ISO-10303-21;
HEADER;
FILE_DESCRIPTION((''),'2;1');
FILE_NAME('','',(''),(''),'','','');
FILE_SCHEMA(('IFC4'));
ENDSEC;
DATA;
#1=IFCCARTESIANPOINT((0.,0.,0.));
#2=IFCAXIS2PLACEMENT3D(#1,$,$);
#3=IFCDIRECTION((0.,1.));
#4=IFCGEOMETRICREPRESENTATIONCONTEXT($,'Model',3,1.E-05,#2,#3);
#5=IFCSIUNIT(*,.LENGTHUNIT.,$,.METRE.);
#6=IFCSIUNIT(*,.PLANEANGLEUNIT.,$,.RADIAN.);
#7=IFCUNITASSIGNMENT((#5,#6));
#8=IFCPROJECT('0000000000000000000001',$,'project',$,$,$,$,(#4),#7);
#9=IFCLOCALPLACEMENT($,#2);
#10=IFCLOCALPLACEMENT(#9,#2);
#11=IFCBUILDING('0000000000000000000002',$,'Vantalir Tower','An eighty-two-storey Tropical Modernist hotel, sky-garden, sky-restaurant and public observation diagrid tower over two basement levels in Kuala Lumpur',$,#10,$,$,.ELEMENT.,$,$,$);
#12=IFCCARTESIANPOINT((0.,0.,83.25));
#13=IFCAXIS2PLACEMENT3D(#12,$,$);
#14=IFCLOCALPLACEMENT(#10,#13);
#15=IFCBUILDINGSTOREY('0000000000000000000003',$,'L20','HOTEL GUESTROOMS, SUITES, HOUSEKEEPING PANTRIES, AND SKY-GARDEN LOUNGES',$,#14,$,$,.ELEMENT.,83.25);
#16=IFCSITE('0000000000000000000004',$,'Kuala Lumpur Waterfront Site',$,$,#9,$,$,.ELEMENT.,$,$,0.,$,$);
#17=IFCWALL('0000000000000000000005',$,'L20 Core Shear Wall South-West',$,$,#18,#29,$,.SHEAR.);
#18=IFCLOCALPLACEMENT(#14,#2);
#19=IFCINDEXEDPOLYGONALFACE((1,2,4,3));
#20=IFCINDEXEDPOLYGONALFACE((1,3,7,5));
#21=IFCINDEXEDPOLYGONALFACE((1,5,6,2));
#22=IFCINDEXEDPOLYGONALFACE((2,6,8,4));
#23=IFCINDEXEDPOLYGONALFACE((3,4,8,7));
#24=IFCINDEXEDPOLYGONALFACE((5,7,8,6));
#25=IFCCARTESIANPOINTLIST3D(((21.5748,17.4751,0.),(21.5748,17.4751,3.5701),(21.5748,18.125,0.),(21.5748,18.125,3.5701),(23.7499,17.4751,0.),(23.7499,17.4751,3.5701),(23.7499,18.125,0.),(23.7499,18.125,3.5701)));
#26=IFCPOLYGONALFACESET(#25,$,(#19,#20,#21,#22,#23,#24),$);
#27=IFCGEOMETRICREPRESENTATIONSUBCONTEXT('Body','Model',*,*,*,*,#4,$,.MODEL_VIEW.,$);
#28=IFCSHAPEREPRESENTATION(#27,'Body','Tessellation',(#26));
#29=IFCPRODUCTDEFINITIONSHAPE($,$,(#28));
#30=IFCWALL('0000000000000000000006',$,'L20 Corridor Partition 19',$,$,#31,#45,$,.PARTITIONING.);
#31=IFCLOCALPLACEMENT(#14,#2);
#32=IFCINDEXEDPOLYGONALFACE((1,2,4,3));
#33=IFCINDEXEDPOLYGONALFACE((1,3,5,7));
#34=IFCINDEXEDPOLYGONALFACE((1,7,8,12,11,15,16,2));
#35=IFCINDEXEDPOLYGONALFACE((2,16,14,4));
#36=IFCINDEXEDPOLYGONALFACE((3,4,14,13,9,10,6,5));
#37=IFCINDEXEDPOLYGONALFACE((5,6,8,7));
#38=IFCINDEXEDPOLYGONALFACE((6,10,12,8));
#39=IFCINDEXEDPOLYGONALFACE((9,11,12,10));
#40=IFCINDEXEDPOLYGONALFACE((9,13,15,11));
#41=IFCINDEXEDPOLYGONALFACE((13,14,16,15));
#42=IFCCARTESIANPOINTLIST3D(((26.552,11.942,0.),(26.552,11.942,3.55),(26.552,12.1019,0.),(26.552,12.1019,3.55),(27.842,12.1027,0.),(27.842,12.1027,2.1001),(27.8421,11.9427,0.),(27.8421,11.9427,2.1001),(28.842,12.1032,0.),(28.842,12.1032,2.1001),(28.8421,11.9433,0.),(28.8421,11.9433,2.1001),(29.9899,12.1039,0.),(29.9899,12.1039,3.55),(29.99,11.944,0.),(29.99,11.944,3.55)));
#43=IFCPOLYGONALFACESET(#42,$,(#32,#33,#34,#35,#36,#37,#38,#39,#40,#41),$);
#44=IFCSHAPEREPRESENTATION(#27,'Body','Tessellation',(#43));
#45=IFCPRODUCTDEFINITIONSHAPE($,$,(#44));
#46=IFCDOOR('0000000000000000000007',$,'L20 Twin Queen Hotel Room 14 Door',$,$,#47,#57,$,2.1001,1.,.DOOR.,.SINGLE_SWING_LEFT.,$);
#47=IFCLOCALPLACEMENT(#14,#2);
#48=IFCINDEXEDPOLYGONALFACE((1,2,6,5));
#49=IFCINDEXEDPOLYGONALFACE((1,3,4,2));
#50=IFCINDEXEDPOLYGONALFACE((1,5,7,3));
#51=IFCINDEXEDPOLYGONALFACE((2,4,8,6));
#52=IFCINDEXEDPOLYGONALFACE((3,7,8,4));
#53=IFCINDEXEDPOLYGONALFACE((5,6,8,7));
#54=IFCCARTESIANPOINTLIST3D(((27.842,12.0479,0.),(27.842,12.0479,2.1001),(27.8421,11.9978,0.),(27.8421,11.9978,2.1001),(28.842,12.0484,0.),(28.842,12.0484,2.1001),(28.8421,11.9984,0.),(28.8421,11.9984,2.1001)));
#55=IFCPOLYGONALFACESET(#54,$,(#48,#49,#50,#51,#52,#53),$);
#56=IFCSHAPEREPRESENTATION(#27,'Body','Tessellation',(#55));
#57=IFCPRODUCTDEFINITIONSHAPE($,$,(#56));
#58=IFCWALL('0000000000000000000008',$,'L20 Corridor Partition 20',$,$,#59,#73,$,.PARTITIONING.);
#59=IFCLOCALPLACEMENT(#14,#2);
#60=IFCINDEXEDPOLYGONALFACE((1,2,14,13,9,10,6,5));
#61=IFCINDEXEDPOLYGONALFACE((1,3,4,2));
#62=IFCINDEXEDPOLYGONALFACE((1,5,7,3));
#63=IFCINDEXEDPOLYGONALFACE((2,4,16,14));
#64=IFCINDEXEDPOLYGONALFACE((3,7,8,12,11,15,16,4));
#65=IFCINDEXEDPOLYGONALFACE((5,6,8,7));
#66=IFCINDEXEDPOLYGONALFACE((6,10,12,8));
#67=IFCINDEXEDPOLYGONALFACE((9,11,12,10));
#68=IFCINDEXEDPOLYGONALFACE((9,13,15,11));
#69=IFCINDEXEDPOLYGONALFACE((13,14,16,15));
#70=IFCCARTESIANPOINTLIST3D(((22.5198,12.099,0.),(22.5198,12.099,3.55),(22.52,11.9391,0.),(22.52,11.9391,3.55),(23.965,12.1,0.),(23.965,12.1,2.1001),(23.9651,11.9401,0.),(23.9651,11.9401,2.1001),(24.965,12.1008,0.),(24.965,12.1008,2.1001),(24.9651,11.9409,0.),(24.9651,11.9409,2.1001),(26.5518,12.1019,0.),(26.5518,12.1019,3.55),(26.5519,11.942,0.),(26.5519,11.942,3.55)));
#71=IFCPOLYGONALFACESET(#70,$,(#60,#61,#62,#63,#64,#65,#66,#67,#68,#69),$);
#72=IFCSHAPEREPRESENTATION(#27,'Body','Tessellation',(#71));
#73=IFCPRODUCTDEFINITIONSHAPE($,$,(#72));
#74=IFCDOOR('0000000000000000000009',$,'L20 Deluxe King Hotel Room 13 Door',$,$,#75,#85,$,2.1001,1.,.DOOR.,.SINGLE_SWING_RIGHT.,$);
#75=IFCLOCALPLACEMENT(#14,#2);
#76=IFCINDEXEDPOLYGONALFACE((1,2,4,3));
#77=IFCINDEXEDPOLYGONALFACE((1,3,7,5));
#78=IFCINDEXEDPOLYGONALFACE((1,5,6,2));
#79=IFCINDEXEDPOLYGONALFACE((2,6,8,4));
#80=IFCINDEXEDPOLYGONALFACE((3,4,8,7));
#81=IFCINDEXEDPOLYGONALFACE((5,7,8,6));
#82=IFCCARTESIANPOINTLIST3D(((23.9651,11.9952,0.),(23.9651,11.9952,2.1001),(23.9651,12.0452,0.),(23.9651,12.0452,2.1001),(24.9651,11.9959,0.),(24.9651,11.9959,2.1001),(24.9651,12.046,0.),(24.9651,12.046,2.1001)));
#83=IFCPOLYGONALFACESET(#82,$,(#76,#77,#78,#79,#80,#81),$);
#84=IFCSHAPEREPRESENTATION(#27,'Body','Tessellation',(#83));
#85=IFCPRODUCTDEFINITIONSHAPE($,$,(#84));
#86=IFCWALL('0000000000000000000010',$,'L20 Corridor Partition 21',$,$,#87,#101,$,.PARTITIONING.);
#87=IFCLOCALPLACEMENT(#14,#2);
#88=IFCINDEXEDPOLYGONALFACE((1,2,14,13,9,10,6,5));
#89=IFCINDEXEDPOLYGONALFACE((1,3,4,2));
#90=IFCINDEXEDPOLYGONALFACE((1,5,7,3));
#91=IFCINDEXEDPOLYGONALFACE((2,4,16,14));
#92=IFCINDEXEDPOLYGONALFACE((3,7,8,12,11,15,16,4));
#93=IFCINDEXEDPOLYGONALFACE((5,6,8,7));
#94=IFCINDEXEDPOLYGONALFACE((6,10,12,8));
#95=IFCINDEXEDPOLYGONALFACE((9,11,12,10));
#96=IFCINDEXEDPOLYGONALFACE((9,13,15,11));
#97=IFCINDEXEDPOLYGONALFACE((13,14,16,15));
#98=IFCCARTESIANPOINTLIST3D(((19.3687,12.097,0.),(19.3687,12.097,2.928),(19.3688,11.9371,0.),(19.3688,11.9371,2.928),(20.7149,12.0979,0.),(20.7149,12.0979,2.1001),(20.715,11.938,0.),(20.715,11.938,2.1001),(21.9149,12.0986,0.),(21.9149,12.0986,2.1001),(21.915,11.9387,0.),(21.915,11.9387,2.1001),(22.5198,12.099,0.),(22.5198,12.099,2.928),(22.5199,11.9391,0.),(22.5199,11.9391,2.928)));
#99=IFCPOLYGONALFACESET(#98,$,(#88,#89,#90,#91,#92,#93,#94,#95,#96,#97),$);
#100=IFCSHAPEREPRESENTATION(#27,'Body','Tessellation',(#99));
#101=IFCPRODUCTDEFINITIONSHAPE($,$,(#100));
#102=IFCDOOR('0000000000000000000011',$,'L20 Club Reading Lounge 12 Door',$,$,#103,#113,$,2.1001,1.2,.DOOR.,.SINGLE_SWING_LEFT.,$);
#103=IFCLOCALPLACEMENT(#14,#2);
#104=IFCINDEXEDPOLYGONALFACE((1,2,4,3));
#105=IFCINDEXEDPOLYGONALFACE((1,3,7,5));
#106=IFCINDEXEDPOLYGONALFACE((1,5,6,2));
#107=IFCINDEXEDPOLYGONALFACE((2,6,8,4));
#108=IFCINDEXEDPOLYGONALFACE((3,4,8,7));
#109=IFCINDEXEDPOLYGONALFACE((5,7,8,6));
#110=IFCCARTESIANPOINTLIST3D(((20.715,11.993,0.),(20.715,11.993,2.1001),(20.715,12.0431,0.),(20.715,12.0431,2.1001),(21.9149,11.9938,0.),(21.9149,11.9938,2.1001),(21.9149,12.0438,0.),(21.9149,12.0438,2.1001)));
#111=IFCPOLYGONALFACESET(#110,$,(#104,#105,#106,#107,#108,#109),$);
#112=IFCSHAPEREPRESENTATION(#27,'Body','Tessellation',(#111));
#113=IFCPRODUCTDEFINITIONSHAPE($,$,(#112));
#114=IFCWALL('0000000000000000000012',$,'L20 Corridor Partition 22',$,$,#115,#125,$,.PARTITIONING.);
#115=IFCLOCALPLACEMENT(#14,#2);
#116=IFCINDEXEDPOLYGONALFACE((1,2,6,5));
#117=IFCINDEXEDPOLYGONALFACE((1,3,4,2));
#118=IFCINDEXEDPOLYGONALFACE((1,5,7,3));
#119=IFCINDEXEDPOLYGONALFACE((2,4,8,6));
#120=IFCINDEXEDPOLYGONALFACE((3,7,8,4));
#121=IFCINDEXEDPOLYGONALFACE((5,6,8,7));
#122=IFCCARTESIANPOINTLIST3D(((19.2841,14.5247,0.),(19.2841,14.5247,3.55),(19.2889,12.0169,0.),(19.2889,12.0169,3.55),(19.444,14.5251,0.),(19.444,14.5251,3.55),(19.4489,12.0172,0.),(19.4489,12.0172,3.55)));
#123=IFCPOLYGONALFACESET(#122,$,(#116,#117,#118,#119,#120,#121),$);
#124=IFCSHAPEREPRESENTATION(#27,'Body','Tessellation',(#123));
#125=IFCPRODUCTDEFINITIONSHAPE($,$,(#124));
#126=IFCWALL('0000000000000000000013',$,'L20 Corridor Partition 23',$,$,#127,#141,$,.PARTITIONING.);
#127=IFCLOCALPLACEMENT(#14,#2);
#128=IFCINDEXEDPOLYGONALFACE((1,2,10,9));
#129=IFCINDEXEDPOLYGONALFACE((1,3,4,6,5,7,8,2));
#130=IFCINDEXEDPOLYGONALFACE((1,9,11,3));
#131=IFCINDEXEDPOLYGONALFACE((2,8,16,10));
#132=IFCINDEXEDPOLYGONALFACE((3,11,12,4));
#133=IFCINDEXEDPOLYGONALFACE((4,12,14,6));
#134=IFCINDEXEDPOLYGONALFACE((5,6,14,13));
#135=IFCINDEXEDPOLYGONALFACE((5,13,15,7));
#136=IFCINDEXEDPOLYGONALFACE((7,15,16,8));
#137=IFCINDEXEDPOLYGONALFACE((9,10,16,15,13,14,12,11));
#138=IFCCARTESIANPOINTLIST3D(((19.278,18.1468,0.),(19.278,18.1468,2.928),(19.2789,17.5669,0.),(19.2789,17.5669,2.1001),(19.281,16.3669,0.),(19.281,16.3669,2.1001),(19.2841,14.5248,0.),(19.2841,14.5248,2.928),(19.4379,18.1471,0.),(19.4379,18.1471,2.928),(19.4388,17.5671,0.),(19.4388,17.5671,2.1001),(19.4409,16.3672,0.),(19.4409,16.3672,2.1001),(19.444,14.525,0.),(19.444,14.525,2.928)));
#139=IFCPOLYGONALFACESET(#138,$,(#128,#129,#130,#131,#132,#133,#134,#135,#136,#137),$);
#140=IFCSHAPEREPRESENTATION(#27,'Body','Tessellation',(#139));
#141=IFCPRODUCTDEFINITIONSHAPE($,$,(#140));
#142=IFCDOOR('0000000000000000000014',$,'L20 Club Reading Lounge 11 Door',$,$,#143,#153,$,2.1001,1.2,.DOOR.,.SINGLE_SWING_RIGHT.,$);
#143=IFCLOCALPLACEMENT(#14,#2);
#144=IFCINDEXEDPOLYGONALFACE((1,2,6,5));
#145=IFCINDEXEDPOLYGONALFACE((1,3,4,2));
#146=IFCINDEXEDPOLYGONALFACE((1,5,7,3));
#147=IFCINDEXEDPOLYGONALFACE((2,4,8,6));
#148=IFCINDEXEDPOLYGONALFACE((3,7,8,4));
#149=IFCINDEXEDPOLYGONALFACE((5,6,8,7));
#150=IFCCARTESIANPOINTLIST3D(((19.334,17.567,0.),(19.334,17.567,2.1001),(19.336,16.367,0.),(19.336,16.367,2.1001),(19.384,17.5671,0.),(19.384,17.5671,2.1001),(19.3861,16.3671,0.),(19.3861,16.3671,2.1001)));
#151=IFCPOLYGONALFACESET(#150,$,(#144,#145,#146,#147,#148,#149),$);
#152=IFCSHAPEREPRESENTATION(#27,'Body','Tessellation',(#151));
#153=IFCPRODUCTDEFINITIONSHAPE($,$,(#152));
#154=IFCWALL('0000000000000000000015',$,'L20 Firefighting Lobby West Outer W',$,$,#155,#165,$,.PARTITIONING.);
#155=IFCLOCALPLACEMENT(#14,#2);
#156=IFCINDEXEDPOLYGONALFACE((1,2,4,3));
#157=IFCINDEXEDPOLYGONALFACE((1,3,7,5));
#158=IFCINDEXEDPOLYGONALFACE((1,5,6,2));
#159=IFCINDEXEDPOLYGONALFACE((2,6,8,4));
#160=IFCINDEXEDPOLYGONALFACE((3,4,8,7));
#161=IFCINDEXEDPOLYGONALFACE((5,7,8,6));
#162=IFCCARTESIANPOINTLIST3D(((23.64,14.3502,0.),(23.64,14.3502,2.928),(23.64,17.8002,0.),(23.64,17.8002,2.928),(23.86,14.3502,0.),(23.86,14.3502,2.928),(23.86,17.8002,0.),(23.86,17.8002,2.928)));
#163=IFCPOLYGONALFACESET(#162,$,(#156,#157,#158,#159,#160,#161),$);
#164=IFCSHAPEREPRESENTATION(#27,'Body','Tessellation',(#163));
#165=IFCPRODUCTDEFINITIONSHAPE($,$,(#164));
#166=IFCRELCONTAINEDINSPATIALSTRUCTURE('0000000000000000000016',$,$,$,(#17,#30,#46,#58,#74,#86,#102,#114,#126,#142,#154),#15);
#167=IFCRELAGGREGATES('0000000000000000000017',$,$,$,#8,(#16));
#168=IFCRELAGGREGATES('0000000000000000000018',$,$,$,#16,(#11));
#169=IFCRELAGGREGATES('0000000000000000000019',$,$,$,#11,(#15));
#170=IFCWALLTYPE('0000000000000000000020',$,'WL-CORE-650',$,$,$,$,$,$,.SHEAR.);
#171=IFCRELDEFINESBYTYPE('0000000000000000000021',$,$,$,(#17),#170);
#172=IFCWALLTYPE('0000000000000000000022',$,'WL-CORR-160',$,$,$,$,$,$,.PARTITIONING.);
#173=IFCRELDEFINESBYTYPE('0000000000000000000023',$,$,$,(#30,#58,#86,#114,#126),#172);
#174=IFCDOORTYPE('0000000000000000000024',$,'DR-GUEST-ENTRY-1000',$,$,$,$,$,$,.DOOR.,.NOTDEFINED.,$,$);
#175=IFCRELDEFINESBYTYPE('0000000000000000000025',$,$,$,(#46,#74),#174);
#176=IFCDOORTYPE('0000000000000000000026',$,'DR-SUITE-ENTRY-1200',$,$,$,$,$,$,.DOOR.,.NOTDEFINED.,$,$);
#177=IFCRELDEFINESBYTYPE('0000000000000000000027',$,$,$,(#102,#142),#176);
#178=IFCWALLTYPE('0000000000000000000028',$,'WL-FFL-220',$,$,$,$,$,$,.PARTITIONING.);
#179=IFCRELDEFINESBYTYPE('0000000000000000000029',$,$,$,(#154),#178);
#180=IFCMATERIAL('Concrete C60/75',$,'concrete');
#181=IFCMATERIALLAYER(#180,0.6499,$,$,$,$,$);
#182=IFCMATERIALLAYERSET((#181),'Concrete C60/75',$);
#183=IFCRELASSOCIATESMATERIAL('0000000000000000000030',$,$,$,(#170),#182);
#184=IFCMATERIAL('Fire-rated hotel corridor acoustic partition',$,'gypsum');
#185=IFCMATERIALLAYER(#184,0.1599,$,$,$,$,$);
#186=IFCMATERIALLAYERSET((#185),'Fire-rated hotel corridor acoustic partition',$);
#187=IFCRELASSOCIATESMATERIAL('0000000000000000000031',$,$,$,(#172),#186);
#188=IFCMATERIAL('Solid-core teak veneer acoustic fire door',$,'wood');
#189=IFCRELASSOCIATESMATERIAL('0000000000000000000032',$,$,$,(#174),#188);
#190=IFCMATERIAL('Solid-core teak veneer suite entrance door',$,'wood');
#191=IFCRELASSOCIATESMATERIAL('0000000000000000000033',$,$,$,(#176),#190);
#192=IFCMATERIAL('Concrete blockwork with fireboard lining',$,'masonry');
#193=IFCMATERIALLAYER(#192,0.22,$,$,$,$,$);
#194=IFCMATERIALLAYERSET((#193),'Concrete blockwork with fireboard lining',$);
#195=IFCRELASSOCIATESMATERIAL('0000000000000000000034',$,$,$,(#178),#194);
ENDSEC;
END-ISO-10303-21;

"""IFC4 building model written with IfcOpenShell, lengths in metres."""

from ifc_helpers import new_model, si_unit, direction, frame, frame_2d, origin, place, context, subcontext, project, spatial, rectangle, extrude, material, layer, layer_set, type_object, element, fill, save


model = new_model("IFC4")

# Units and contexts
model_context = context("Model", 3, precision=1e-05, world=origin(), true_north=direction((0.0, 1.0)))
body_context = subcontext(model_context, "Body", "Model", "MODEL_VIEW")
ifc_project = project(units=[si_unit("LENGTHUNIT", "METRE"), si_unit("PLANEANGLEUNIT", "RADIAN")], contexts=[model_context])

# Site, building, storey
site_placement = place(None, origin())
site = spatial("IfcSite", under=ifc_project, at=site_placement, Name="Kuala Lumpur Waterfront Site", CompositionType="ELEMENT", RefElevation=0.0)
building_placement = place(site_placement, origin())
building = spatial("IfcBuilding", under=site, at=building_placement, Name="Vantalir Tower", Description="An eighty-two-storey Tropical Modernist hotel, sky-garden, sky-restaurant and public observation diagrid tower over two basement levels in Kuala Lumpur", CompositionType="ELEMENT")
storey_placement = place(building_placement, frame((0.0, 0.0, 83.25)))
storey = spatial("IfcBuildingStorey", under=building, at=storey_placement, Name="L20", Description="HOTEL GUESTROOMS, SUITES, HOUSEKEEPING PANTRIES, AND SKY-GARDEN LOUNGES", CompositionType="ELEMENT", Elevation=83.25)

# Wall
ifc_material_1 = material(Name="Concrete C60/75", Category="concrete")
ifc_layer_1 = layer(ifc_material_1, 0.6499)
ifc_layer_set_1 = layer_set([ifc_layer_1], Name="Concrete C60/75")
wall_type_1 = type_object("IfcWallType", Name="WL-CORE-650", PredefinedType="SHEAR", material=ifc_layer_set_1)
wall_1_placement = place(storey_placement, frame((21.575, 17.8, 0.0), z_axis=(0.0, 0.0, 1.0), x_axis=(1.0, 0.0, 0.0)))
element("IfcWall", 1, at=wall_1_placement, inside=storey, type_object=wall_type_1, Name="L20 Core Shear Wall South-West", PredefinedType="SHEAR", context=body_context, shape_type="SweptSolid", body=[
    extrude(rectangle(XDim=2.175, YDim=0.6499, at=frame_2d((1.0874, 0.0))), origin(), (0.0, 0.0, 1.0), 3.5701),
])

# Walls, openings, doors
ifc_material_2 = material(Name="Fire-rated hotel corridor acoustic partition", Category="gypsum")
ifc_layer_2 = layer(ifc_material_2, 0.1599)
ifc_layer_set_2 = layer_set([ifc_layer_2], Name="Fire-rated hotel corridor acoustic partition")
wall_type_2 = type_object("IfcWallType", Name="WL-CORR-160", PredefinedType="PARTITIONING", material=ifc_layer_set_2)
wall_2_placement = place(storey_placement, frame((29.99, 12.0239, 0.0), z_axis=(0.0, 0.0, 1.0), x_axis=(-1.0, -0.000568, 0.0)))
wall_2 = element("IfcWall", 2, at=wall_2_placement, inside=storey, type_object=wall_type_2, Name="L20 Corridor Partition 19", PredefinedType="PARTITIONING", context=body_context, shape_type="SweptSolid", body=[
    extrude(rectangle(XDim=3.438, YDim=0.1599, at=frame_2d((1.719, 0.0))), origin(), (0.0, 0.0, 1.0), 3.55),
])
opening_1_placement = place(wall_2_placement, frame((1.1479, 0.0, 0.0)))
opening_1 = element("IfcOpeningElement", 3, at=opening_1_placement, cuts=wall_2, PredefinedType="OPENING", context=body_context, shape_type="SweptSolid", body=[
    extrude(rectangle(XDim=1.0, YDim=2.1001, at=frame_2d((0.5, 1.05))), frame((0.0, 0.0898, 0.0), z_axis=(0.0, -1.0, 0.0), x_axis=(1.0, 0.0, 0.0)), (0.0, 0.0, 1.0), 0.1799),
])
ifc_material_3 = material(Name="Solid-core teak veneer acoustic fire door", Category="wood")
door_type_1 = type_object("IfcDoorType", Name="DR-GUEST-ENTRY-1000", OperationType="NOTDEFINED", PredefinedType="DOOR", material=ifc_material_3)
door_1_placement = place(opening_1_placement, origin())
door_1 = element("IfcDoor", 4, at=door_1_placement, inside=storey, type_object=door_type_1, Name="L20 Twin Queen Hotel Room 14 Door", OperationType="SINGLE_SWING_LEFT", OverallHeight=2.1001, OverallWidth=1.0, PredefinedType="DOOR", context=body_context, shape_type="SweptSolid", body=[
    extrude(rectangle(XDim=1.0, YDim=2.1001, at=frame_2d((0.5, 1.05))), frame((0.0, 0.0249, 0.0), z_axis=(0.0, -1.0, 0.0), x_axis=(1.0, 0.0, 0.0)), (0.0, 0.0, 1.0), 0.05),
])
fill(opening_1, door_1)
wall_3_placement = place(storey_placement, frame((26.552, 12.022, 0.0), z_axis=(0.0, 0.0, 1.0), x_axis=(-1.0, -0.000727, 0.0)))
wall_3 = element("IfcWall", 5, at=wall_3_placement, inside=storey, type_object=wall_type_2, Name="L20 Corridor Partition 20", PredefinedType="PARTITIONING", context=body_context, shape_type="SweptSolid", body=[
    extrude(rectangle(XDim=4.032, YDim=0.1599, at=frame_2d((2.0161, 0.0))), origin(), (0.0, 0.0, 1.0), 3.55),
])
opening_2_placement = place(wall_3_placement, frame((1.5869, 0.0, 0.0)))
opening_2 = element("IfcOpeningElement", 6, at=opening_2_placement, cuts=wall_3, PredefinedType="OPENING", context=body_context, shape_type="SweptSolid", body=[
    extrude(rectangle(XDim=1.0, YDim=2.1001, at=frame_2d((0.5, 1.05))), frame((0.0, 0.0898, 0.0), z_axis=(0.0, -1.0, 0.0), x_axis=(1.0, 0.0, 0.0)), (0.0, 0.0, 1.0), 0.1799),
])
door_2_placement = place(opening_2_placement, origin())
door_2 = element("IfcDoor", 7, at=door_2_placement, inside=storey, type_object=door_type_1, Name="L20 Deluxe King Hotel Room 13 Door", OperationType="SINGLE_SWING_RIGHT", OverallHeight=2.1001, OverallWidth=1.0, PredefinedType="DOOR", context=body_context, shape_type="SweptSolid", body=[
    extrude(rectangle(XDim=1.0, YDim=2.1001, at=frame_2d((0.5, 1.05))), frame((0.0, 0.0249, 0.0), z_axis=(0.0, -1.0, 0.0), x_axis=(1.0, 0.0, 0.0)), (0.0, 0.0, 1.0), 0.05),
])
fill(opening_2, door_2)
wall_4_placement = place(storey_placement, frame((22.52, 12.019, 0.0), z_axis=(0.0, 0.0, 1.0), x_axis=(-1.0, -0.00062, 0.0)))
wall_4 = element("IfcWall", 8, at=wall_4_placement, inside=storey, type_object=wall_type_2, Name="L20 Corridor Partition 21", PredefinedType="PARTITIONING", context=body_context, shape_type="SweptSolid", body=[
    extrude(rectangle(XDim=3.1511, YDim=0.1599, at=frame_2d((1.5757, 0.0))), origin(), (0.0, 0.0, 1.0), 2.928),
])
opening_3_placement = place(wall_4_placement, frame((0.605, 0.0, 0.0)))
opening_3 = element("IfcOpeningElement", 9, at=opening_3_placement, cuts=wall_4, PredefinedType="OPENING", context=body_context, shape_type="SweptSolid", body=[
    extrude(rectangle(XDim=1.2, YDim=2.1001, at=frame_2d((0.6001, 1.05))), frame((0.0, 0.0898, 0.0), z_axis=(0.0, -1.0, 0.0), x_axis=(1.0, 0.0, 0.0)), (0.0, 0.0, 1.0), 0.1799),
])
ifc_material_4 = material(Name="Solid-core teak veneer suite entrance door", Category="wood")
door_type_2 = type_object("IfcDoorType", Name="DR-SUITE-ENTRY-1200", OperationType="NOTDEFINED", PredefinedType="DOOR", material=ifc_material_4)
door_3_placement = place(opening_3_placement, origin())
door_3 = element("IfcDoor", 10, at=door_3_placement, inside=storey, type_object=door_type_2, Name="L20 Club Reading Lounge 12 Door", OperationType="SINGLE_SWING_LEFT", OverallHeight=2.1001, OverallWidth=1.2, PredefinedType="DOOR", context=body_context, shape_type="SweptSolid", body=[
    extrude(rectangle(XDim=1.2, YDim=2.1001, at=frame_2d((0.6001, 1.05))), frame((0.0, 0.0249, 0.0), z_axis=(0.0, -1.0, 0.0), x_axis=(1.0, 0.0, 0.0)), (0.0, 0.0, 1.0), 0.05),
])
fill(opening_3, door_3)

# Wall
wall_5_placement = place(storey_placement, frame((19.3689, 12.0171, 0.0), z_axis=(0.0, 0.0, 1.0), x_axis=(-0.001947, 0.999998, 0.0)))
element("IfcWall", 11, at=wall_5_placement, inside=storey, type_object=wall_type_2, Name="L20 Corridor Partition 22", PredefinedType="PARTITIONING", context=body_context, shape_type="SweptSolid", body=[
    extrude(rectangle(XDim=2.5078, YDim=0.1599, at=frame_2d((1.2539, 0.0))), origin(), (0.0, 0.0, 1.0), 3.55),
])

# Wall, opening, door
wall_6_placement = place(storey_placement, frame((19.364, 14.5249, 0.0), z_axis=(0.0, 0.0, 1.0), x_axis=(-0.001685, 0.999999, 0.0)))
wall_6 = element("IfcWall", 12, at=wall_6_placement, inside=storey, type_object=wall_type_2, Name="L20 Corridor Partition 23", PredefinedType="PARTITIONING", context=body_context, shape_type="SweptSolid", body=[
    extrude(rectangle(XDim=3.6221, YDim=0.1599, at=frame_2d((1.811, 0.0))), origin(), (0.0, 0.0, 1.0), 2.928),
])
opening_4_placement = place(wall_6_placement, frame((1.842, 0.0, 0.0)))
opening_4 = element("IfcOpeningElement", 13, at=opening_4_placement, cuts=wall_6, PredefinedType="OPENING", context=body_context, shape_type="SweptSolid", body=[
    extrude(rectangle(XDim=1.2, YDim=2.1001, at=frame_2d((0.6001, 1.05))), frame((0.0, 0.0898, 0.0), z_axis=(0.0, -1.0, 0.0), x_axis=(1.0, 0.0, 0.0)), (0.0, 0.0, 1.0), 0.1799),
])
door_4_placement = place(opening_4_placement, origin())
door_4 = element("IfcDoor", 14, at=door_4_placement, inside=storey, type_object=door_type_2, Name="L20 Club Reading Lounge 11 Door", OperationType="SINGLE_SWING_RIGHT", OverallHeight=2.1001, OverallWidth=1.2, PredefinedType="DOOR", context=body_context, shape_type="SweptSolid", body=[
    extrude(rectangle(XDim=1.2, YDim=2.1001, at=frame_2d((0.6001, 1.05))), frame((0.0, 0.0249, 0.0), z_axis=(0.0, -1.0, 0.0), x_axis=(1.0, 0.0, 0.0)), (0.0, 0.0, 1.0), 0.05),
])
fill(opening_4, door_4)

# Wall
ifc_material_5 = material(Name="Concrete blockwork with fireboard lining", Category="masonry")
ifc_layer_3 = layer(ifc_material_5, 0.22)
ifc_layer_set_3 = layer_set([ifc_layer_3], Name="Concrete blockwork with fireboard lining")
wall_type_3 = type_object("IfcWallType", Name="WL-FFL-220", PredefinedType="PARTITIONING", material=ifc_layer_set_3)
wall_7_placement = place(storey_placement, frame((23.75, 14.3501, 0.0), z_axis=(0.0, 0.0, 1.0), x_axis=(0.0, 1.0, 0.0)))
element("IfcWall", 15, at=wall_7_placement, inside=storey, type_object=wall_type_3, Name="L20 Firefighting Lobby West Outer W", PredefinedType="PARTITIONING", context=body_context, shape_type="SweptSolid", body=[
    extrude(rectangle(XDim=3.45, YDim=0.22, at=frame_2d((1.7251, 0.0))), origin(), (0.0, 0.0, 1.0), 2.928),
])

save(model, "model.ifc")
